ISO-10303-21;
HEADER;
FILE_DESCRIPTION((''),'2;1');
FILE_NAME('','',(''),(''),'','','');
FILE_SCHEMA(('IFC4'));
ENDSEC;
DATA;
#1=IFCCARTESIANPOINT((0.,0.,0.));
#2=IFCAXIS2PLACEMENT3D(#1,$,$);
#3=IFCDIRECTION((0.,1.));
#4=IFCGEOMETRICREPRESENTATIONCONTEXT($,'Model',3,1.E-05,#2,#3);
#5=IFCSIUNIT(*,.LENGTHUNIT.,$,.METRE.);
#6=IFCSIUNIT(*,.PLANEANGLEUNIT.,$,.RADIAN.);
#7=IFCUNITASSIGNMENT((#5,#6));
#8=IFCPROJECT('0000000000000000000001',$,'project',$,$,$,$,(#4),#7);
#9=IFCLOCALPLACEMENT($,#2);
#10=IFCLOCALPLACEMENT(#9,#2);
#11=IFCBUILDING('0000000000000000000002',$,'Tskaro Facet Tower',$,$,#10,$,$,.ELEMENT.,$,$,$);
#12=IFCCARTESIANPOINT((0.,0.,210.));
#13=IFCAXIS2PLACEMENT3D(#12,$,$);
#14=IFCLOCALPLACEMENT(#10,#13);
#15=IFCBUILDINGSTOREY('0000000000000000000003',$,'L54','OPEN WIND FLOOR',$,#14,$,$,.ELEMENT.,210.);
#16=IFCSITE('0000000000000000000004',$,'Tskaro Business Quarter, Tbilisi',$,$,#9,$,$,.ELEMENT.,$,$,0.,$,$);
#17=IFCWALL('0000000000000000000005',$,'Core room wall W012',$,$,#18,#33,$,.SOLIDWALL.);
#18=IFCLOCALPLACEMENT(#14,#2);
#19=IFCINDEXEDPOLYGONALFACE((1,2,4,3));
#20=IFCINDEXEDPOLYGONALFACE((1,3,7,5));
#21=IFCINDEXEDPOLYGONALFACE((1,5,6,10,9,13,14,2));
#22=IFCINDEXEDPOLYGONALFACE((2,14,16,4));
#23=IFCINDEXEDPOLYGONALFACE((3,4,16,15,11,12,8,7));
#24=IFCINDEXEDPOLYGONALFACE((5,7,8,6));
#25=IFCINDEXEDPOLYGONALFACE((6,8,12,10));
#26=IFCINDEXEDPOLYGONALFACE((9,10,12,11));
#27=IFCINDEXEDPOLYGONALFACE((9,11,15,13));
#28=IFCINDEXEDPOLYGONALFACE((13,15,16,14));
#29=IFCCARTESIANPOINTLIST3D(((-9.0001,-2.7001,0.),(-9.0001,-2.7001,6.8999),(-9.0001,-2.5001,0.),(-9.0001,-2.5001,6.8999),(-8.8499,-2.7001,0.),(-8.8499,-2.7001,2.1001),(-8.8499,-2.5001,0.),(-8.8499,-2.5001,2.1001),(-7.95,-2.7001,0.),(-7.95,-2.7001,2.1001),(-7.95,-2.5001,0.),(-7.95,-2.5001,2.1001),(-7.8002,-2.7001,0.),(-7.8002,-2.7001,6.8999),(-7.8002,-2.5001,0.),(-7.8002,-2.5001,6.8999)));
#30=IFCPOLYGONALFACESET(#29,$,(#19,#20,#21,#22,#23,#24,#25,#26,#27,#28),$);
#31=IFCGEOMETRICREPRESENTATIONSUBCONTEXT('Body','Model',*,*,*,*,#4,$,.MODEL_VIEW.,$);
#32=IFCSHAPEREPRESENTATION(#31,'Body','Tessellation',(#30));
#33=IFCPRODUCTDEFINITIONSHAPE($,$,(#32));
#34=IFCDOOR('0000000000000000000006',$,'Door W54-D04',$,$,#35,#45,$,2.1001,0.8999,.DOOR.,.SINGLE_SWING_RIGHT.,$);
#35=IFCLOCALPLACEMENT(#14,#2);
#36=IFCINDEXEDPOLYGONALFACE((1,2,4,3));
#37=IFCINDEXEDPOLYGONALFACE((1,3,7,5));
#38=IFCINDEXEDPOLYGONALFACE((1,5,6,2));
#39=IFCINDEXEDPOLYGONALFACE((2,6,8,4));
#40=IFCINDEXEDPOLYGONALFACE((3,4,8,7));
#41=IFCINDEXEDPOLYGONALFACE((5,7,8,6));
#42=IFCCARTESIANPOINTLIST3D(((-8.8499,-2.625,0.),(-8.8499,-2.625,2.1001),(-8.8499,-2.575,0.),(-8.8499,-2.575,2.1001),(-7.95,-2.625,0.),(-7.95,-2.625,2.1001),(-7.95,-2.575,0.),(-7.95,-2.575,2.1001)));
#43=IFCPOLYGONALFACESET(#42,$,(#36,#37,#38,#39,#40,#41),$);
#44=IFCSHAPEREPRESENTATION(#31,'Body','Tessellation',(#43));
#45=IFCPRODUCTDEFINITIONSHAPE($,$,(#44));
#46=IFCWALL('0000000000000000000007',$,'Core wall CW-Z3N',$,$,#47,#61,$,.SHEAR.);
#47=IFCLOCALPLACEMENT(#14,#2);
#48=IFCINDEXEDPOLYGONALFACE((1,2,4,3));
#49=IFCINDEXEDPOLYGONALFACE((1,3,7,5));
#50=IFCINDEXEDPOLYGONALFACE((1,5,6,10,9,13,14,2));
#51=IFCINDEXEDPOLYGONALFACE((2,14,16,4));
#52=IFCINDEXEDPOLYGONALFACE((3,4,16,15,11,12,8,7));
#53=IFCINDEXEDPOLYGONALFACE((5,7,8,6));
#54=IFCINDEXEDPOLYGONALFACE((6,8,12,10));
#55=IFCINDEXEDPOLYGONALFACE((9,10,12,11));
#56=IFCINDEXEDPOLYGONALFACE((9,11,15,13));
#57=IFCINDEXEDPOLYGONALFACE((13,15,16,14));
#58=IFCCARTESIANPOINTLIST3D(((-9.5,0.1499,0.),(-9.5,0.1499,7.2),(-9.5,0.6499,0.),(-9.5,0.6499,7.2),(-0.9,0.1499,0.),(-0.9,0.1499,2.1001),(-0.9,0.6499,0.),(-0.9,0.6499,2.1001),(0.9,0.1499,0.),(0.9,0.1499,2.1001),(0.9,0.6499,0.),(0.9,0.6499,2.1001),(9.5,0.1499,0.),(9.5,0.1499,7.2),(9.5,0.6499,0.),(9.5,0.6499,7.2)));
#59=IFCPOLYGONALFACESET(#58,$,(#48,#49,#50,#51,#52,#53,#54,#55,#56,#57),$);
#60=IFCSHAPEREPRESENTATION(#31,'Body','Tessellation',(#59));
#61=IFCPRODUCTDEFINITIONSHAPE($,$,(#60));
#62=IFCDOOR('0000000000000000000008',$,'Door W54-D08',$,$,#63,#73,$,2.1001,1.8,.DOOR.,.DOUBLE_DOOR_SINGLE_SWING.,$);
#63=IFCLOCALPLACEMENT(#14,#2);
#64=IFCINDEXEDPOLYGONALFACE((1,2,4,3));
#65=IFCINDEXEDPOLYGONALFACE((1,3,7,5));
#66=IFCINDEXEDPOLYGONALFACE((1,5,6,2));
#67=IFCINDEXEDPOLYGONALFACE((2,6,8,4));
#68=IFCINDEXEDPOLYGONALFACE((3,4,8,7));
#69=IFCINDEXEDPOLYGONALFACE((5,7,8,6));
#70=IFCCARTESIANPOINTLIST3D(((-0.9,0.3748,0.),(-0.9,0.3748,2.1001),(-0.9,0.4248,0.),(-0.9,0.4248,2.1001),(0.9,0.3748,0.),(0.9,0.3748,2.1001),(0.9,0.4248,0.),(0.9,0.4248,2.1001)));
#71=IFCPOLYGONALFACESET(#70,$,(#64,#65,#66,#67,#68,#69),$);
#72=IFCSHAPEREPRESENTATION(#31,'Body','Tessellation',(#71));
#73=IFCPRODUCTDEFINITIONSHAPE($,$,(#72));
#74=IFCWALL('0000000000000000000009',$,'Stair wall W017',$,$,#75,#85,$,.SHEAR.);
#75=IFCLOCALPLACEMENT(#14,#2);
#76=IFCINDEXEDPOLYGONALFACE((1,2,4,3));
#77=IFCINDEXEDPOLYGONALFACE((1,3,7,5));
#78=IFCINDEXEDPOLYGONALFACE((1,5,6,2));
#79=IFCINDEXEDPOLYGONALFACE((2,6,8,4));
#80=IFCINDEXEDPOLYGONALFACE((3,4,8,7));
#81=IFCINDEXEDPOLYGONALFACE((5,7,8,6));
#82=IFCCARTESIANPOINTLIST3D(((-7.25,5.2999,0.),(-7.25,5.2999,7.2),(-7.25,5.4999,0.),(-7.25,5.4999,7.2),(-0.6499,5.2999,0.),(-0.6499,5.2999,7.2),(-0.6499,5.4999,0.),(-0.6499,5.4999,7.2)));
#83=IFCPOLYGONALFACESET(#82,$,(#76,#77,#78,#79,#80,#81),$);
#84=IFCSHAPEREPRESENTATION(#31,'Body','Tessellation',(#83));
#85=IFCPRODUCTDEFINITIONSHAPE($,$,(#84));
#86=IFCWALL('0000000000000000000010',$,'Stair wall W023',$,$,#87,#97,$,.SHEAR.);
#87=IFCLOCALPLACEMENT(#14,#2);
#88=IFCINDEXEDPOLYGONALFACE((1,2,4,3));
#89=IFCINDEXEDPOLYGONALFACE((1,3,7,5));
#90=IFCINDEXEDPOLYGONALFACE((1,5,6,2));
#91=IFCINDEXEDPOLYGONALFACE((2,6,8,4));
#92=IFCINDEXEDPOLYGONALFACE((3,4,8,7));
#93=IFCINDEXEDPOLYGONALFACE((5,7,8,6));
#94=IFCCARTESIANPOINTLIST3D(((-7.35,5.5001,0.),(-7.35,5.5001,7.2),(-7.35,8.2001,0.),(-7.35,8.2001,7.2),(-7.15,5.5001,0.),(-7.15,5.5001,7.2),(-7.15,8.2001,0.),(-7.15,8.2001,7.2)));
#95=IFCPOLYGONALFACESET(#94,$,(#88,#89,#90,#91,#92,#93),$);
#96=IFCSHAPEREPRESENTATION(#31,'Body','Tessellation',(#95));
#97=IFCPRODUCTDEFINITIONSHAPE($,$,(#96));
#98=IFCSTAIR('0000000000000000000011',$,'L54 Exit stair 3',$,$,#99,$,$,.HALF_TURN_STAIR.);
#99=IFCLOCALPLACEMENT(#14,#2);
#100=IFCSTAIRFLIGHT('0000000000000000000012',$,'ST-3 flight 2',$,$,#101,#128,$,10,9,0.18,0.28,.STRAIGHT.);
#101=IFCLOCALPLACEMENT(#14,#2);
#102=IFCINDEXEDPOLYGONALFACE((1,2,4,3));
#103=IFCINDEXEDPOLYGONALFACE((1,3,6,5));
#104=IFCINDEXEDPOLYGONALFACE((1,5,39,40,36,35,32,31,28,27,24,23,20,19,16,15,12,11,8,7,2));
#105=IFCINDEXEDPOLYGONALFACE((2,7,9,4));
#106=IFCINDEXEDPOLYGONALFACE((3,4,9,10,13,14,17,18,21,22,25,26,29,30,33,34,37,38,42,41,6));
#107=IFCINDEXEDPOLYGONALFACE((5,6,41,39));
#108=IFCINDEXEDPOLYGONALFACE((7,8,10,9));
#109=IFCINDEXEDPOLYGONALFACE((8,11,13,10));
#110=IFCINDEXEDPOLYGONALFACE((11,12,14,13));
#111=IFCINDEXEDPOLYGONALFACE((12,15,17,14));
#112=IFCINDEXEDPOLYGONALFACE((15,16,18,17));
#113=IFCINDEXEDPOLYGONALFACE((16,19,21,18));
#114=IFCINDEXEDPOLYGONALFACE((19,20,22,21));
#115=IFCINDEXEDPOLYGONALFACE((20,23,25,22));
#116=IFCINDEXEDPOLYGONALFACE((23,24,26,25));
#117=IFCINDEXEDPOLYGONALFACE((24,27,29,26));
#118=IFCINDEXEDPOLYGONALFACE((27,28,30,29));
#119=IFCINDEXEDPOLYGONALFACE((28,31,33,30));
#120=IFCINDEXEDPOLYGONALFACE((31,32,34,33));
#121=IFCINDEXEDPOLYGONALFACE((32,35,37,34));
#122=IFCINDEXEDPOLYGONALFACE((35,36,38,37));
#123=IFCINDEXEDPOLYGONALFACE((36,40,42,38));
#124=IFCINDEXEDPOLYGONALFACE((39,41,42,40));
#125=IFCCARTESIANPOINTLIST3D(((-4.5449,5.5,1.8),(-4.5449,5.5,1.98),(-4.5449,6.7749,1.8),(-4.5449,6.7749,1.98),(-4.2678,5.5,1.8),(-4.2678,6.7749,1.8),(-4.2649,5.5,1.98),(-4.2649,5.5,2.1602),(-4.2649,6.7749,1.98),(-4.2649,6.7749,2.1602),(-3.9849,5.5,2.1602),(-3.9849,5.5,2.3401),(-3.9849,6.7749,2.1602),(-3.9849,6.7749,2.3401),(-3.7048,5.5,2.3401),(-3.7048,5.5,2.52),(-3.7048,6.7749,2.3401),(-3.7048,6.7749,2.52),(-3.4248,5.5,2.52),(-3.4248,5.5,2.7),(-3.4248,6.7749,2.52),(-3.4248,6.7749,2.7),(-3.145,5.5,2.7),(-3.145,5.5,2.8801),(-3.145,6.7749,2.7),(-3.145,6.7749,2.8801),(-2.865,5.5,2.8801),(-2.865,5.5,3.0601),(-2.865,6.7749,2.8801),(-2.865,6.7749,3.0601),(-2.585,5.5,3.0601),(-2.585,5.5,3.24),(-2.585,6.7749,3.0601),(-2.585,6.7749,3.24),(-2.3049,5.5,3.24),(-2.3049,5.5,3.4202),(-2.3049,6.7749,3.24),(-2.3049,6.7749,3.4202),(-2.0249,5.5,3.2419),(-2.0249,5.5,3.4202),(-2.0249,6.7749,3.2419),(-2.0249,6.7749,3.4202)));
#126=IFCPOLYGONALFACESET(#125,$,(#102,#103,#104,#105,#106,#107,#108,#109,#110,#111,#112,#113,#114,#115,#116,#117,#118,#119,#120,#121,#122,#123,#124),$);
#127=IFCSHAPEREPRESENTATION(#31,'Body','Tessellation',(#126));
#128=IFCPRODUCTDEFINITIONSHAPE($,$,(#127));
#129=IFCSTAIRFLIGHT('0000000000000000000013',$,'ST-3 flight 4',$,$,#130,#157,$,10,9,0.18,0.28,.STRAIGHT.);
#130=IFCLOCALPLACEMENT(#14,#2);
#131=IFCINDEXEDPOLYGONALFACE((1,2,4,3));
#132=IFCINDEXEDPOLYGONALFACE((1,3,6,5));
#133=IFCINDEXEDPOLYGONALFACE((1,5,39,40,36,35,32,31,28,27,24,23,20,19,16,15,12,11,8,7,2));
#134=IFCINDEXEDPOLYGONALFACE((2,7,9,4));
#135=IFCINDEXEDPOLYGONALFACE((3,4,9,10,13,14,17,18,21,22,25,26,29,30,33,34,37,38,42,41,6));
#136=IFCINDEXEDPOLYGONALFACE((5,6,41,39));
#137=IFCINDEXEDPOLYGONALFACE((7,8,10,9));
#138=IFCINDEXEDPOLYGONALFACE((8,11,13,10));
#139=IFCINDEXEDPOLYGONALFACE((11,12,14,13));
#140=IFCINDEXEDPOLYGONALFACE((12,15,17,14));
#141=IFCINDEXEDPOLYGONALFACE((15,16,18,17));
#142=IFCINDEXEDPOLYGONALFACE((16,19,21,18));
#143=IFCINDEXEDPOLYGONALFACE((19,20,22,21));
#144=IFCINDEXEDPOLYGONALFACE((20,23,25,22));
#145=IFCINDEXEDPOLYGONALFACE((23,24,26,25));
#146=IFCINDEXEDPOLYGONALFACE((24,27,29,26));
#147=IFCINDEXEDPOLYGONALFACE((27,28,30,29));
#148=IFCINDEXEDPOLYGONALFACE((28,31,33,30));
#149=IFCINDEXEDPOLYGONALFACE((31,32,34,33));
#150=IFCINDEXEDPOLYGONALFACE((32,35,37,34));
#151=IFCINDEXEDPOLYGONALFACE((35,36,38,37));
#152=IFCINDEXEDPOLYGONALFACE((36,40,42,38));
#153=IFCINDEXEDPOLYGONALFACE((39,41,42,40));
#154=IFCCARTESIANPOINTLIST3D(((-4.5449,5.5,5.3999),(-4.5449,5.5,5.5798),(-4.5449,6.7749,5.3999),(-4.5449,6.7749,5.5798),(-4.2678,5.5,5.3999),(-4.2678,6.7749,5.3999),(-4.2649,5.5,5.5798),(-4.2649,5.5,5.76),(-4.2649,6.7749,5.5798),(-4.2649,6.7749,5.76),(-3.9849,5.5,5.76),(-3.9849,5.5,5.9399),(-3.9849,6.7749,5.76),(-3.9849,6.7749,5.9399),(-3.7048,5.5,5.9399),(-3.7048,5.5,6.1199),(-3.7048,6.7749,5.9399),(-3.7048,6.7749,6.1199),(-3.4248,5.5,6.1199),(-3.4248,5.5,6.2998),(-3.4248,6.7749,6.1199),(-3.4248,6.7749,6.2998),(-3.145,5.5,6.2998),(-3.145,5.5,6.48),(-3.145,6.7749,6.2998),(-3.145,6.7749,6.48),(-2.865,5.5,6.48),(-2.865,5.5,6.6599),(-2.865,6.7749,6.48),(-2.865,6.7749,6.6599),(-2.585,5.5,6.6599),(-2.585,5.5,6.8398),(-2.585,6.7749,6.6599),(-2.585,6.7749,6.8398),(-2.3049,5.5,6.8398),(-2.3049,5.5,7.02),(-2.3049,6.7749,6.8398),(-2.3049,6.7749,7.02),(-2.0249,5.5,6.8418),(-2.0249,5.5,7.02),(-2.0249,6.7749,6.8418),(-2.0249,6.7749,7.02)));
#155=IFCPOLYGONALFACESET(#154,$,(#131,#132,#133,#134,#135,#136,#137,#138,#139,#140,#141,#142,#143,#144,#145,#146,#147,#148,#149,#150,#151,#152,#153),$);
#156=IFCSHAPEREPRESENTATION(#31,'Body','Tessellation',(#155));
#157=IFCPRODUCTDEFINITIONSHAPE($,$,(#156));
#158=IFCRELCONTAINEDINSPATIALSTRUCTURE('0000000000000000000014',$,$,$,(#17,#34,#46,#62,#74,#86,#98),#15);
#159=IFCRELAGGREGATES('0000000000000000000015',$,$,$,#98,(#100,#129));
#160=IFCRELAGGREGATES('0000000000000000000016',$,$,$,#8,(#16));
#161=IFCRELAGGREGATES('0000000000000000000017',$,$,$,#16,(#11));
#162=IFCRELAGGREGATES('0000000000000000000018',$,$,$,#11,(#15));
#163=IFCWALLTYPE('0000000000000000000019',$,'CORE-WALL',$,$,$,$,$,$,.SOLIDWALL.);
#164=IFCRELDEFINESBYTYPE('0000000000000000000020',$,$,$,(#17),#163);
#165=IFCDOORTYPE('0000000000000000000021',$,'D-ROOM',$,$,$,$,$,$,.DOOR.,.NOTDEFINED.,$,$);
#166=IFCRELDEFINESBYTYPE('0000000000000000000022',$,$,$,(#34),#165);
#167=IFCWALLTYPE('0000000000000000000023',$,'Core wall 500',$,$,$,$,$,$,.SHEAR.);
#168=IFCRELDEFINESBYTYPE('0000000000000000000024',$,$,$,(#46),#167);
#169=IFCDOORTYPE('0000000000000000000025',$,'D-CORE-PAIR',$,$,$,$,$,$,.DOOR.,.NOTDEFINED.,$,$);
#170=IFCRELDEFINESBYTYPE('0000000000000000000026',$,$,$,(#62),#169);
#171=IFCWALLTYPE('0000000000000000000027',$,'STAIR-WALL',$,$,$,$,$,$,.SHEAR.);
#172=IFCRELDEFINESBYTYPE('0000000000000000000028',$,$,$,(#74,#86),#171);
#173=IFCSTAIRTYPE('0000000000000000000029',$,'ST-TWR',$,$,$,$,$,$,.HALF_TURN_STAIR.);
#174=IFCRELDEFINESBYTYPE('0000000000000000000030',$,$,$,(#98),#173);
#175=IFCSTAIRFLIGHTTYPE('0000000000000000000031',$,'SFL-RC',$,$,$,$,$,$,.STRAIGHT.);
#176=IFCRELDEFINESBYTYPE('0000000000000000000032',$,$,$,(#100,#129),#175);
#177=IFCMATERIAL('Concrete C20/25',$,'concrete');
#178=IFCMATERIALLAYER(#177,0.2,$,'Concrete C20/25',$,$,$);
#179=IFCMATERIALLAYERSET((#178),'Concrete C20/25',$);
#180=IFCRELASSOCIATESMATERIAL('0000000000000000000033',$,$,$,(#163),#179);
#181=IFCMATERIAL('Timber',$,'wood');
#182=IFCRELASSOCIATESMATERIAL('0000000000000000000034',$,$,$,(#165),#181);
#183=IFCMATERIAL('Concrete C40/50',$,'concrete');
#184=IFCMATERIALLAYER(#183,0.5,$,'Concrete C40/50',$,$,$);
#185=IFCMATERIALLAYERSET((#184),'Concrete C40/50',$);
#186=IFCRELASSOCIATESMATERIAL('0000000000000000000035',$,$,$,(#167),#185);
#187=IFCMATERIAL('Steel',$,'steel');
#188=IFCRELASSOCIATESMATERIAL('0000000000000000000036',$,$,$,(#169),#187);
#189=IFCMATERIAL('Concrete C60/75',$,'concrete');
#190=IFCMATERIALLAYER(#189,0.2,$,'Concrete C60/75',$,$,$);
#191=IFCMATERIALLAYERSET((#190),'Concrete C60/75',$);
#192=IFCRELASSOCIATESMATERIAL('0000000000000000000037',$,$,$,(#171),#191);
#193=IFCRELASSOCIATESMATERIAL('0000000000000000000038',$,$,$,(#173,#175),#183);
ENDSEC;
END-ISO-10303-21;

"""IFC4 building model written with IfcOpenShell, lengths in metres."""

from ifc_helpers import new_model, si_unit, direction, frame, frame_2d, origin, place, context, subcontext, project, spatial, polyline, rectangle, outline, extrude, material, layer, layer_set, type_object, element, fill, aggregate, save


model = new_model("IFC4")

# Units and contexts
model_context = context("Model", 3, precision=1e-05, world=origin(), true_north=direction((0.0, 1.0)))
body_context = subcontext(model_context, "Body", "Model", "MODEL_VIEW")
ifc_project = project(units=[si_unit("LENGTHUNIT", "METRE"), si_unit("PLANEANGLEUNIT", "RADIAN")], contexts=[model_context])

# Site, building, storey
site_placement = place(None, origin())
site = spatial("IfcSite", under=ifc_project, at=site_placement, Name="Tskaro Business Quarter, Tbilisi", CompositionType="ELEMENT", RefElevation=0.0)
building_placement = place(site_placement, origin())
building = spatial("IfcBuilding", under=site, at=building_placement, Name="Tskaro Facet Tower", CompositionType="ELEMENT")
storey_placement = place(building_placement, frame((0.0, 0.0, 210.0)))
storey = spatial("IfcBuildingStorey", under=building, at=storey_placement, Name="L54", Description="OPEN WIND FLOOR", CompositionType="ELEMENT", Elevation=210.0)

# Shared definitions
ifc_material_1 = material(Name="Concrete C60/75", Category="concrete")

# Walls, openings, doors
ifc_material_2 = material(Name="Concrete C20/25", Category="concrete")
ifc_layer_1 = layer(ifc_material_2, 0.2, Name="Concrete C20/25")
ifc_layer_set_1 = layer_set([ifc_layer_1], Name="Concrete C20/25")
wall_type_1 = type_object("IfcWallType", Name="CORE-WALL", PredefinedType="SOLIDWALL", material=ifc_layer_set_1)
wall_1_placement = place(storey_placement, frame((-7.8, -2.6001, 0.0), z_axis=(0.0, 0.0, 1.0), x_axis=(-1.0, 0.0, 0.0)))
wall_1 = element("IfcWall", 1, at=wall_1_placement, inside=storey, type_object=wall_type_1, Name="Core room wall W012", PredefinedType="SOLIDWALL", context=body_context, shape_type="SweptSolid", body=[
    extrude(rectangle(XDim=1.2, YDim=0.2, at=frame_2d((0.6001, 0.0))), origin(), (0.0, 0.0, 1.0), 6.8999),
])
opening_1_placement = place(wall_1_placement, frame((0.1499, 0.0, 0.0)))
opening_1 = element("IfcOpeningElement", 2, at=opening_1_placement, cuts=wall_1, PredefinedType="OPENING", context=body_context, shape_type="SweptSolid", body=[
    extrude(rectangle(XDim=0.8999, YDim=2.1001, at=frame_2d((0.45, 1.05))), frame((0.0, 0.1099, 0.0), z_axis=(0.0, -1.0, 0.0), x_axis=(1.0, 0.0, 0.0)), (0.0, 0.0, 1.0), 0.22),
])
ifc_material_3 = material(Name="Timber", Category="wood")
door_type_1 = type_object("IfcDoorType", Name="D-ROOM", OperationType="NOTDEFINED", PredefinedType="DOOR", material=ifc_material_3)
door_1_placement = place(opening_1_placement, origin())
door_1 = element("IfcDoor", 3, at=door_1_placement, inside=storey, type_object=door_type_1, Name="Door W54-D04", OperationType="SINGLE_SWING_RIGHT", OverallHeight=2.1001, OverallWidth=0.8999, PredefinedType="DOOR", context=body_context, shape_type="SweptSolid", body=[
    extrude(rectangle(XDim=0.8999, YDim=2.1001, at=frame_2d((0.45, 1.05))), frame((0.0, 0.0249, 0.0), z_axis=(0.0, -1.0, 0.0), x_axis=(1.0, 0.0, 0.0)), (0.0, 0.0, 1.0), 0.05),
])
fill(opening_1, door_1)
ifc_material_4 = material(Name="Concrete C40/50", Category="concrete")
ifc_layer_2 = layer(ifc_material_4, 0.5, Name="Concrete C40/50")
ifc_layer_set_2 = layer_set([ifc_layer_2], Name="Concrete C40/50")
wall_type_2 = type_object("IfcWallType", Name="Core wall 500", PredefinedType="SHEAR", material=ifc_layer_set_2)
wall_2_placement = place(storey_placement, frame((-9.5, 0.3999, 0.0), z_axis=(0.0, 0.0, 1.0), x_axis=(1.0, 0.0, 0.0)))
wall_2 = element("IfcWall", 4, at=wall_2_placement, inside=storey, type_object=wall_type_2, Name="Core wall CW-Z3N", PredefinedType="SHEAR", context=body_context, shape_type="SweptSolid", body=[
    extrude(rectangle(XDim=19.0, YDim=0.5, at=frame_2d((9.5, 0.0))), origin(), (0.0, 0.0, 1.0), 7.2),
])
opening_2_placement = place(wall_2_placement, frame((8.6001, 0.0, 0.0)))
opening_2 = element("IfcOpeningElement", 5, at=opening_2_placement, cuts=wall_2, PredefinedType="OPENING", context=body_context, shape_type="SweptSolid", body=[
    extrude(rectangle(XDim=1.8, YDim=2.1001, at=frame_2d((0.8999, 1.05))), frame((0.0, 0.26, 0.0), z_axis=(0.0, -1.0, 0.0), x_axis=(1.0, 0.0, 0.0)), (0.0, 0.0, 1.0), 0.52),
])
ifc_material_5 = material(Name="Steel", Category="steel")
door_type_2 = type_object("IfcDoorType", Name="D-CORE-PAIR", OperationType="NOTDEFINED", PredefinedType="DOOR", material=ifc_material_5)
door_2_placement = place(opening_2_placement, origin())
door_2 = element("IfcDoor", 6, at=door_2_placement, inside=storey, type_object=door_type_2, Name="Door W54-D08", OperationType="DOUBLE_DOOR_SINGLE_SWING", OverallHeight=2.1001, OverallWidth=1.8, PredefinedType="DOOR", context=body_context, shape_type="SweptSolid", body=[
    extrude(rectangle(XDim=1.8, YDim=2.1001, at=frame_2d((0.8999, 1.05))), frame((0.0, 0.0249, 0.0), z_axis=(0.0, -1.0, 0.0), x_axis=(1.0, 0.0, 0.0)), (0.0, 0.0, 1.0), 0.05),
])
fill(opening_2, door_2)

# Walls
ifc_layer_3 = layer(ifc_material_1, 0.2, Name="Concrete C60/75")
ifc_layer_set_3 = layer_set([ifc_layer_3], Name="Concrete C60/75")
wall_type_3 = type_object("IfcWallType", Name="STAIR-WALL", PredefinedType="SHEAR", material=ifc_layer_set_3)
wall_3_placement = place(storey_placement, frame((-7.25, 5.3999, 0.0), z_axis=(0.0, 0.0, 1.0), x_axis=(1.0, 0.0, 0.0)))
element("IfcWall", 7, at=wall_3_placement, inside=storey, type_object=wall_type_3, Name="Stair wall W017", PredefinedType="SHEAR", context=body_context, shape_type="SweptSolid", body=[
    extrude(rectangle(XDim=6.6001, YDim=0.2, at=frame_2d((3.3, 0.0))), origin(), (0.0, 0.0, 1.0), 7.2),
])
wall_4_placement = place(storey_placement, frame((-7.25, 5.5, 0.0), z_axis=(0.0, 0.0, 1.0), x_axis=(0.0, 1.0, 0.0)))
element("IfcWall", 8, at=wall_4_placement, inside=storey, type_object=wall_type_3, Name="Stair wall W023", PredefinedType="SHEAR", context=body_context, shape_type="SweptSolid", body=[
    extrude(rectangle(XDim=2.7, YDim=0.2, at=frame_2d((1.3501, 0.0))), origin(), (0.0, 0.0, 1.0), 7.2),
])

# Stair, stair flights
stair_type = type_object("IfcStairType", Name="ST-TWR", PredefinedType="HALF_TURN_STAIR", material=ifc_material_4)
stair_placement = place(storey_placement, origin())
stair = element("IfcStair", 9, at=stair_placement, inside=storey, type_object=stair_type, Name="L54 Exit stair 3", PredefinedType="HALF_TURN_STAIR")
stair_flight_type = type_object("IfcStairFlightType", Name="SFL-RC", PredefinedType="STRAIGHT", material=ifc_material_4)
stair_flight_1_placement = place(storey_placement, frame((-4.5449, 6.1375, 1.8), z_axis=(0.0, 0.0, 1.0), x_axis=(1.0, 0.0, 0.0)))
stair_flight_1 = element("IfcStairFlight", 10, at=stair_flight_1_placement, type_object=stair_flight_type, Name="ST-3 flight 2", NumberOfRisers=10, NumberOfTreads=9, PredefinedType="STRAIGHT", RiserHeight=0.18, TreadLength=0.28, context=body_context, shape_type="SweptSolid", body=[
    extrude(outline(polyline([(0.0, 0.0), (0.0, 0.1799), (0.28, 0.1799), (0.28, 0.3601), (0.5601, 0.3601), (0.5601, 0.54), (0.8401, 0.54), (0.8401, 0.72), (1.1201, 0.72), (1.1201, 0.8999), (1.3999, 0.8999), (1.3999, 1.0801), (1.6799, 1.0801), (1.6799, 1.26), (1.96, 1.26), (1.96, 1.4399), (2.24, 1.4399), (2.24, 1.6201), (2.52, 1.6201), (2.52, 1.8), (2.52, 1.4419), (0.2771, 0.0), (0.0, 0.0)])), frame((0.0, 0.6375, 0.0), z_axis=(0.0, -1.0, 0.0), x_axis=(1.0, 0.0, 0.0)), (0.0, 0.0, 1.0), 1.2749),
])
stair_flight_2_placement = place(storey_placement, frame((-4.5449, 6.1375, 5.3999), z_axis=(0.0, 0.0, 1.0), x_axis=(1.0, 0.0, 0.0)))
stair_flight_2 = element("IfcStairFlight", 11, at=stair_flight_2_placement, type_object=stair_flight_type, Name="ST-3 flight 4", NumberOfRisers=10, NumberOfTreads=9, PredefinedType="STRAIGHT", RiserHeight=0.18, TreadLength=0.28, context=body_context, shape_type="SweptSolid", body=[
    extrude(outline(polyline([(0.0, 0.0), (0.0, 0.1799), (0.28, 0.1799), (0.28, 0.3601), (0.5601, 0.3601), (0.5601, 0.54), (0.8401, 0.54), (0.8401, 0.72), (1.1201, 0.72), (1.1201, 0.8999), (1.3999, 0.8999), (1.3999, 1.0801), (1.6799, 1.0801), (1.6799, 1.26), (1.96, 1.26), (1.96, 1.4399), (2.24, 1.4399), (2.24, 1.6201), (2.52, 1.6201), (2.52, 1.8), (2.52, 1.4419), (0.2771, 0.0), (0.0, 0.0)])), frame((0.0, 0.6375, 0.0), z_axis=(0.0, -1.0, 0.0), x_axis=(1.0, 0.0, 0.0)), (0.0, 0.0, 1.0), 1.2749),
])
aggregate(stair, [stair_flight_1, stair_flight_2])

save(model, "model.ifc")
